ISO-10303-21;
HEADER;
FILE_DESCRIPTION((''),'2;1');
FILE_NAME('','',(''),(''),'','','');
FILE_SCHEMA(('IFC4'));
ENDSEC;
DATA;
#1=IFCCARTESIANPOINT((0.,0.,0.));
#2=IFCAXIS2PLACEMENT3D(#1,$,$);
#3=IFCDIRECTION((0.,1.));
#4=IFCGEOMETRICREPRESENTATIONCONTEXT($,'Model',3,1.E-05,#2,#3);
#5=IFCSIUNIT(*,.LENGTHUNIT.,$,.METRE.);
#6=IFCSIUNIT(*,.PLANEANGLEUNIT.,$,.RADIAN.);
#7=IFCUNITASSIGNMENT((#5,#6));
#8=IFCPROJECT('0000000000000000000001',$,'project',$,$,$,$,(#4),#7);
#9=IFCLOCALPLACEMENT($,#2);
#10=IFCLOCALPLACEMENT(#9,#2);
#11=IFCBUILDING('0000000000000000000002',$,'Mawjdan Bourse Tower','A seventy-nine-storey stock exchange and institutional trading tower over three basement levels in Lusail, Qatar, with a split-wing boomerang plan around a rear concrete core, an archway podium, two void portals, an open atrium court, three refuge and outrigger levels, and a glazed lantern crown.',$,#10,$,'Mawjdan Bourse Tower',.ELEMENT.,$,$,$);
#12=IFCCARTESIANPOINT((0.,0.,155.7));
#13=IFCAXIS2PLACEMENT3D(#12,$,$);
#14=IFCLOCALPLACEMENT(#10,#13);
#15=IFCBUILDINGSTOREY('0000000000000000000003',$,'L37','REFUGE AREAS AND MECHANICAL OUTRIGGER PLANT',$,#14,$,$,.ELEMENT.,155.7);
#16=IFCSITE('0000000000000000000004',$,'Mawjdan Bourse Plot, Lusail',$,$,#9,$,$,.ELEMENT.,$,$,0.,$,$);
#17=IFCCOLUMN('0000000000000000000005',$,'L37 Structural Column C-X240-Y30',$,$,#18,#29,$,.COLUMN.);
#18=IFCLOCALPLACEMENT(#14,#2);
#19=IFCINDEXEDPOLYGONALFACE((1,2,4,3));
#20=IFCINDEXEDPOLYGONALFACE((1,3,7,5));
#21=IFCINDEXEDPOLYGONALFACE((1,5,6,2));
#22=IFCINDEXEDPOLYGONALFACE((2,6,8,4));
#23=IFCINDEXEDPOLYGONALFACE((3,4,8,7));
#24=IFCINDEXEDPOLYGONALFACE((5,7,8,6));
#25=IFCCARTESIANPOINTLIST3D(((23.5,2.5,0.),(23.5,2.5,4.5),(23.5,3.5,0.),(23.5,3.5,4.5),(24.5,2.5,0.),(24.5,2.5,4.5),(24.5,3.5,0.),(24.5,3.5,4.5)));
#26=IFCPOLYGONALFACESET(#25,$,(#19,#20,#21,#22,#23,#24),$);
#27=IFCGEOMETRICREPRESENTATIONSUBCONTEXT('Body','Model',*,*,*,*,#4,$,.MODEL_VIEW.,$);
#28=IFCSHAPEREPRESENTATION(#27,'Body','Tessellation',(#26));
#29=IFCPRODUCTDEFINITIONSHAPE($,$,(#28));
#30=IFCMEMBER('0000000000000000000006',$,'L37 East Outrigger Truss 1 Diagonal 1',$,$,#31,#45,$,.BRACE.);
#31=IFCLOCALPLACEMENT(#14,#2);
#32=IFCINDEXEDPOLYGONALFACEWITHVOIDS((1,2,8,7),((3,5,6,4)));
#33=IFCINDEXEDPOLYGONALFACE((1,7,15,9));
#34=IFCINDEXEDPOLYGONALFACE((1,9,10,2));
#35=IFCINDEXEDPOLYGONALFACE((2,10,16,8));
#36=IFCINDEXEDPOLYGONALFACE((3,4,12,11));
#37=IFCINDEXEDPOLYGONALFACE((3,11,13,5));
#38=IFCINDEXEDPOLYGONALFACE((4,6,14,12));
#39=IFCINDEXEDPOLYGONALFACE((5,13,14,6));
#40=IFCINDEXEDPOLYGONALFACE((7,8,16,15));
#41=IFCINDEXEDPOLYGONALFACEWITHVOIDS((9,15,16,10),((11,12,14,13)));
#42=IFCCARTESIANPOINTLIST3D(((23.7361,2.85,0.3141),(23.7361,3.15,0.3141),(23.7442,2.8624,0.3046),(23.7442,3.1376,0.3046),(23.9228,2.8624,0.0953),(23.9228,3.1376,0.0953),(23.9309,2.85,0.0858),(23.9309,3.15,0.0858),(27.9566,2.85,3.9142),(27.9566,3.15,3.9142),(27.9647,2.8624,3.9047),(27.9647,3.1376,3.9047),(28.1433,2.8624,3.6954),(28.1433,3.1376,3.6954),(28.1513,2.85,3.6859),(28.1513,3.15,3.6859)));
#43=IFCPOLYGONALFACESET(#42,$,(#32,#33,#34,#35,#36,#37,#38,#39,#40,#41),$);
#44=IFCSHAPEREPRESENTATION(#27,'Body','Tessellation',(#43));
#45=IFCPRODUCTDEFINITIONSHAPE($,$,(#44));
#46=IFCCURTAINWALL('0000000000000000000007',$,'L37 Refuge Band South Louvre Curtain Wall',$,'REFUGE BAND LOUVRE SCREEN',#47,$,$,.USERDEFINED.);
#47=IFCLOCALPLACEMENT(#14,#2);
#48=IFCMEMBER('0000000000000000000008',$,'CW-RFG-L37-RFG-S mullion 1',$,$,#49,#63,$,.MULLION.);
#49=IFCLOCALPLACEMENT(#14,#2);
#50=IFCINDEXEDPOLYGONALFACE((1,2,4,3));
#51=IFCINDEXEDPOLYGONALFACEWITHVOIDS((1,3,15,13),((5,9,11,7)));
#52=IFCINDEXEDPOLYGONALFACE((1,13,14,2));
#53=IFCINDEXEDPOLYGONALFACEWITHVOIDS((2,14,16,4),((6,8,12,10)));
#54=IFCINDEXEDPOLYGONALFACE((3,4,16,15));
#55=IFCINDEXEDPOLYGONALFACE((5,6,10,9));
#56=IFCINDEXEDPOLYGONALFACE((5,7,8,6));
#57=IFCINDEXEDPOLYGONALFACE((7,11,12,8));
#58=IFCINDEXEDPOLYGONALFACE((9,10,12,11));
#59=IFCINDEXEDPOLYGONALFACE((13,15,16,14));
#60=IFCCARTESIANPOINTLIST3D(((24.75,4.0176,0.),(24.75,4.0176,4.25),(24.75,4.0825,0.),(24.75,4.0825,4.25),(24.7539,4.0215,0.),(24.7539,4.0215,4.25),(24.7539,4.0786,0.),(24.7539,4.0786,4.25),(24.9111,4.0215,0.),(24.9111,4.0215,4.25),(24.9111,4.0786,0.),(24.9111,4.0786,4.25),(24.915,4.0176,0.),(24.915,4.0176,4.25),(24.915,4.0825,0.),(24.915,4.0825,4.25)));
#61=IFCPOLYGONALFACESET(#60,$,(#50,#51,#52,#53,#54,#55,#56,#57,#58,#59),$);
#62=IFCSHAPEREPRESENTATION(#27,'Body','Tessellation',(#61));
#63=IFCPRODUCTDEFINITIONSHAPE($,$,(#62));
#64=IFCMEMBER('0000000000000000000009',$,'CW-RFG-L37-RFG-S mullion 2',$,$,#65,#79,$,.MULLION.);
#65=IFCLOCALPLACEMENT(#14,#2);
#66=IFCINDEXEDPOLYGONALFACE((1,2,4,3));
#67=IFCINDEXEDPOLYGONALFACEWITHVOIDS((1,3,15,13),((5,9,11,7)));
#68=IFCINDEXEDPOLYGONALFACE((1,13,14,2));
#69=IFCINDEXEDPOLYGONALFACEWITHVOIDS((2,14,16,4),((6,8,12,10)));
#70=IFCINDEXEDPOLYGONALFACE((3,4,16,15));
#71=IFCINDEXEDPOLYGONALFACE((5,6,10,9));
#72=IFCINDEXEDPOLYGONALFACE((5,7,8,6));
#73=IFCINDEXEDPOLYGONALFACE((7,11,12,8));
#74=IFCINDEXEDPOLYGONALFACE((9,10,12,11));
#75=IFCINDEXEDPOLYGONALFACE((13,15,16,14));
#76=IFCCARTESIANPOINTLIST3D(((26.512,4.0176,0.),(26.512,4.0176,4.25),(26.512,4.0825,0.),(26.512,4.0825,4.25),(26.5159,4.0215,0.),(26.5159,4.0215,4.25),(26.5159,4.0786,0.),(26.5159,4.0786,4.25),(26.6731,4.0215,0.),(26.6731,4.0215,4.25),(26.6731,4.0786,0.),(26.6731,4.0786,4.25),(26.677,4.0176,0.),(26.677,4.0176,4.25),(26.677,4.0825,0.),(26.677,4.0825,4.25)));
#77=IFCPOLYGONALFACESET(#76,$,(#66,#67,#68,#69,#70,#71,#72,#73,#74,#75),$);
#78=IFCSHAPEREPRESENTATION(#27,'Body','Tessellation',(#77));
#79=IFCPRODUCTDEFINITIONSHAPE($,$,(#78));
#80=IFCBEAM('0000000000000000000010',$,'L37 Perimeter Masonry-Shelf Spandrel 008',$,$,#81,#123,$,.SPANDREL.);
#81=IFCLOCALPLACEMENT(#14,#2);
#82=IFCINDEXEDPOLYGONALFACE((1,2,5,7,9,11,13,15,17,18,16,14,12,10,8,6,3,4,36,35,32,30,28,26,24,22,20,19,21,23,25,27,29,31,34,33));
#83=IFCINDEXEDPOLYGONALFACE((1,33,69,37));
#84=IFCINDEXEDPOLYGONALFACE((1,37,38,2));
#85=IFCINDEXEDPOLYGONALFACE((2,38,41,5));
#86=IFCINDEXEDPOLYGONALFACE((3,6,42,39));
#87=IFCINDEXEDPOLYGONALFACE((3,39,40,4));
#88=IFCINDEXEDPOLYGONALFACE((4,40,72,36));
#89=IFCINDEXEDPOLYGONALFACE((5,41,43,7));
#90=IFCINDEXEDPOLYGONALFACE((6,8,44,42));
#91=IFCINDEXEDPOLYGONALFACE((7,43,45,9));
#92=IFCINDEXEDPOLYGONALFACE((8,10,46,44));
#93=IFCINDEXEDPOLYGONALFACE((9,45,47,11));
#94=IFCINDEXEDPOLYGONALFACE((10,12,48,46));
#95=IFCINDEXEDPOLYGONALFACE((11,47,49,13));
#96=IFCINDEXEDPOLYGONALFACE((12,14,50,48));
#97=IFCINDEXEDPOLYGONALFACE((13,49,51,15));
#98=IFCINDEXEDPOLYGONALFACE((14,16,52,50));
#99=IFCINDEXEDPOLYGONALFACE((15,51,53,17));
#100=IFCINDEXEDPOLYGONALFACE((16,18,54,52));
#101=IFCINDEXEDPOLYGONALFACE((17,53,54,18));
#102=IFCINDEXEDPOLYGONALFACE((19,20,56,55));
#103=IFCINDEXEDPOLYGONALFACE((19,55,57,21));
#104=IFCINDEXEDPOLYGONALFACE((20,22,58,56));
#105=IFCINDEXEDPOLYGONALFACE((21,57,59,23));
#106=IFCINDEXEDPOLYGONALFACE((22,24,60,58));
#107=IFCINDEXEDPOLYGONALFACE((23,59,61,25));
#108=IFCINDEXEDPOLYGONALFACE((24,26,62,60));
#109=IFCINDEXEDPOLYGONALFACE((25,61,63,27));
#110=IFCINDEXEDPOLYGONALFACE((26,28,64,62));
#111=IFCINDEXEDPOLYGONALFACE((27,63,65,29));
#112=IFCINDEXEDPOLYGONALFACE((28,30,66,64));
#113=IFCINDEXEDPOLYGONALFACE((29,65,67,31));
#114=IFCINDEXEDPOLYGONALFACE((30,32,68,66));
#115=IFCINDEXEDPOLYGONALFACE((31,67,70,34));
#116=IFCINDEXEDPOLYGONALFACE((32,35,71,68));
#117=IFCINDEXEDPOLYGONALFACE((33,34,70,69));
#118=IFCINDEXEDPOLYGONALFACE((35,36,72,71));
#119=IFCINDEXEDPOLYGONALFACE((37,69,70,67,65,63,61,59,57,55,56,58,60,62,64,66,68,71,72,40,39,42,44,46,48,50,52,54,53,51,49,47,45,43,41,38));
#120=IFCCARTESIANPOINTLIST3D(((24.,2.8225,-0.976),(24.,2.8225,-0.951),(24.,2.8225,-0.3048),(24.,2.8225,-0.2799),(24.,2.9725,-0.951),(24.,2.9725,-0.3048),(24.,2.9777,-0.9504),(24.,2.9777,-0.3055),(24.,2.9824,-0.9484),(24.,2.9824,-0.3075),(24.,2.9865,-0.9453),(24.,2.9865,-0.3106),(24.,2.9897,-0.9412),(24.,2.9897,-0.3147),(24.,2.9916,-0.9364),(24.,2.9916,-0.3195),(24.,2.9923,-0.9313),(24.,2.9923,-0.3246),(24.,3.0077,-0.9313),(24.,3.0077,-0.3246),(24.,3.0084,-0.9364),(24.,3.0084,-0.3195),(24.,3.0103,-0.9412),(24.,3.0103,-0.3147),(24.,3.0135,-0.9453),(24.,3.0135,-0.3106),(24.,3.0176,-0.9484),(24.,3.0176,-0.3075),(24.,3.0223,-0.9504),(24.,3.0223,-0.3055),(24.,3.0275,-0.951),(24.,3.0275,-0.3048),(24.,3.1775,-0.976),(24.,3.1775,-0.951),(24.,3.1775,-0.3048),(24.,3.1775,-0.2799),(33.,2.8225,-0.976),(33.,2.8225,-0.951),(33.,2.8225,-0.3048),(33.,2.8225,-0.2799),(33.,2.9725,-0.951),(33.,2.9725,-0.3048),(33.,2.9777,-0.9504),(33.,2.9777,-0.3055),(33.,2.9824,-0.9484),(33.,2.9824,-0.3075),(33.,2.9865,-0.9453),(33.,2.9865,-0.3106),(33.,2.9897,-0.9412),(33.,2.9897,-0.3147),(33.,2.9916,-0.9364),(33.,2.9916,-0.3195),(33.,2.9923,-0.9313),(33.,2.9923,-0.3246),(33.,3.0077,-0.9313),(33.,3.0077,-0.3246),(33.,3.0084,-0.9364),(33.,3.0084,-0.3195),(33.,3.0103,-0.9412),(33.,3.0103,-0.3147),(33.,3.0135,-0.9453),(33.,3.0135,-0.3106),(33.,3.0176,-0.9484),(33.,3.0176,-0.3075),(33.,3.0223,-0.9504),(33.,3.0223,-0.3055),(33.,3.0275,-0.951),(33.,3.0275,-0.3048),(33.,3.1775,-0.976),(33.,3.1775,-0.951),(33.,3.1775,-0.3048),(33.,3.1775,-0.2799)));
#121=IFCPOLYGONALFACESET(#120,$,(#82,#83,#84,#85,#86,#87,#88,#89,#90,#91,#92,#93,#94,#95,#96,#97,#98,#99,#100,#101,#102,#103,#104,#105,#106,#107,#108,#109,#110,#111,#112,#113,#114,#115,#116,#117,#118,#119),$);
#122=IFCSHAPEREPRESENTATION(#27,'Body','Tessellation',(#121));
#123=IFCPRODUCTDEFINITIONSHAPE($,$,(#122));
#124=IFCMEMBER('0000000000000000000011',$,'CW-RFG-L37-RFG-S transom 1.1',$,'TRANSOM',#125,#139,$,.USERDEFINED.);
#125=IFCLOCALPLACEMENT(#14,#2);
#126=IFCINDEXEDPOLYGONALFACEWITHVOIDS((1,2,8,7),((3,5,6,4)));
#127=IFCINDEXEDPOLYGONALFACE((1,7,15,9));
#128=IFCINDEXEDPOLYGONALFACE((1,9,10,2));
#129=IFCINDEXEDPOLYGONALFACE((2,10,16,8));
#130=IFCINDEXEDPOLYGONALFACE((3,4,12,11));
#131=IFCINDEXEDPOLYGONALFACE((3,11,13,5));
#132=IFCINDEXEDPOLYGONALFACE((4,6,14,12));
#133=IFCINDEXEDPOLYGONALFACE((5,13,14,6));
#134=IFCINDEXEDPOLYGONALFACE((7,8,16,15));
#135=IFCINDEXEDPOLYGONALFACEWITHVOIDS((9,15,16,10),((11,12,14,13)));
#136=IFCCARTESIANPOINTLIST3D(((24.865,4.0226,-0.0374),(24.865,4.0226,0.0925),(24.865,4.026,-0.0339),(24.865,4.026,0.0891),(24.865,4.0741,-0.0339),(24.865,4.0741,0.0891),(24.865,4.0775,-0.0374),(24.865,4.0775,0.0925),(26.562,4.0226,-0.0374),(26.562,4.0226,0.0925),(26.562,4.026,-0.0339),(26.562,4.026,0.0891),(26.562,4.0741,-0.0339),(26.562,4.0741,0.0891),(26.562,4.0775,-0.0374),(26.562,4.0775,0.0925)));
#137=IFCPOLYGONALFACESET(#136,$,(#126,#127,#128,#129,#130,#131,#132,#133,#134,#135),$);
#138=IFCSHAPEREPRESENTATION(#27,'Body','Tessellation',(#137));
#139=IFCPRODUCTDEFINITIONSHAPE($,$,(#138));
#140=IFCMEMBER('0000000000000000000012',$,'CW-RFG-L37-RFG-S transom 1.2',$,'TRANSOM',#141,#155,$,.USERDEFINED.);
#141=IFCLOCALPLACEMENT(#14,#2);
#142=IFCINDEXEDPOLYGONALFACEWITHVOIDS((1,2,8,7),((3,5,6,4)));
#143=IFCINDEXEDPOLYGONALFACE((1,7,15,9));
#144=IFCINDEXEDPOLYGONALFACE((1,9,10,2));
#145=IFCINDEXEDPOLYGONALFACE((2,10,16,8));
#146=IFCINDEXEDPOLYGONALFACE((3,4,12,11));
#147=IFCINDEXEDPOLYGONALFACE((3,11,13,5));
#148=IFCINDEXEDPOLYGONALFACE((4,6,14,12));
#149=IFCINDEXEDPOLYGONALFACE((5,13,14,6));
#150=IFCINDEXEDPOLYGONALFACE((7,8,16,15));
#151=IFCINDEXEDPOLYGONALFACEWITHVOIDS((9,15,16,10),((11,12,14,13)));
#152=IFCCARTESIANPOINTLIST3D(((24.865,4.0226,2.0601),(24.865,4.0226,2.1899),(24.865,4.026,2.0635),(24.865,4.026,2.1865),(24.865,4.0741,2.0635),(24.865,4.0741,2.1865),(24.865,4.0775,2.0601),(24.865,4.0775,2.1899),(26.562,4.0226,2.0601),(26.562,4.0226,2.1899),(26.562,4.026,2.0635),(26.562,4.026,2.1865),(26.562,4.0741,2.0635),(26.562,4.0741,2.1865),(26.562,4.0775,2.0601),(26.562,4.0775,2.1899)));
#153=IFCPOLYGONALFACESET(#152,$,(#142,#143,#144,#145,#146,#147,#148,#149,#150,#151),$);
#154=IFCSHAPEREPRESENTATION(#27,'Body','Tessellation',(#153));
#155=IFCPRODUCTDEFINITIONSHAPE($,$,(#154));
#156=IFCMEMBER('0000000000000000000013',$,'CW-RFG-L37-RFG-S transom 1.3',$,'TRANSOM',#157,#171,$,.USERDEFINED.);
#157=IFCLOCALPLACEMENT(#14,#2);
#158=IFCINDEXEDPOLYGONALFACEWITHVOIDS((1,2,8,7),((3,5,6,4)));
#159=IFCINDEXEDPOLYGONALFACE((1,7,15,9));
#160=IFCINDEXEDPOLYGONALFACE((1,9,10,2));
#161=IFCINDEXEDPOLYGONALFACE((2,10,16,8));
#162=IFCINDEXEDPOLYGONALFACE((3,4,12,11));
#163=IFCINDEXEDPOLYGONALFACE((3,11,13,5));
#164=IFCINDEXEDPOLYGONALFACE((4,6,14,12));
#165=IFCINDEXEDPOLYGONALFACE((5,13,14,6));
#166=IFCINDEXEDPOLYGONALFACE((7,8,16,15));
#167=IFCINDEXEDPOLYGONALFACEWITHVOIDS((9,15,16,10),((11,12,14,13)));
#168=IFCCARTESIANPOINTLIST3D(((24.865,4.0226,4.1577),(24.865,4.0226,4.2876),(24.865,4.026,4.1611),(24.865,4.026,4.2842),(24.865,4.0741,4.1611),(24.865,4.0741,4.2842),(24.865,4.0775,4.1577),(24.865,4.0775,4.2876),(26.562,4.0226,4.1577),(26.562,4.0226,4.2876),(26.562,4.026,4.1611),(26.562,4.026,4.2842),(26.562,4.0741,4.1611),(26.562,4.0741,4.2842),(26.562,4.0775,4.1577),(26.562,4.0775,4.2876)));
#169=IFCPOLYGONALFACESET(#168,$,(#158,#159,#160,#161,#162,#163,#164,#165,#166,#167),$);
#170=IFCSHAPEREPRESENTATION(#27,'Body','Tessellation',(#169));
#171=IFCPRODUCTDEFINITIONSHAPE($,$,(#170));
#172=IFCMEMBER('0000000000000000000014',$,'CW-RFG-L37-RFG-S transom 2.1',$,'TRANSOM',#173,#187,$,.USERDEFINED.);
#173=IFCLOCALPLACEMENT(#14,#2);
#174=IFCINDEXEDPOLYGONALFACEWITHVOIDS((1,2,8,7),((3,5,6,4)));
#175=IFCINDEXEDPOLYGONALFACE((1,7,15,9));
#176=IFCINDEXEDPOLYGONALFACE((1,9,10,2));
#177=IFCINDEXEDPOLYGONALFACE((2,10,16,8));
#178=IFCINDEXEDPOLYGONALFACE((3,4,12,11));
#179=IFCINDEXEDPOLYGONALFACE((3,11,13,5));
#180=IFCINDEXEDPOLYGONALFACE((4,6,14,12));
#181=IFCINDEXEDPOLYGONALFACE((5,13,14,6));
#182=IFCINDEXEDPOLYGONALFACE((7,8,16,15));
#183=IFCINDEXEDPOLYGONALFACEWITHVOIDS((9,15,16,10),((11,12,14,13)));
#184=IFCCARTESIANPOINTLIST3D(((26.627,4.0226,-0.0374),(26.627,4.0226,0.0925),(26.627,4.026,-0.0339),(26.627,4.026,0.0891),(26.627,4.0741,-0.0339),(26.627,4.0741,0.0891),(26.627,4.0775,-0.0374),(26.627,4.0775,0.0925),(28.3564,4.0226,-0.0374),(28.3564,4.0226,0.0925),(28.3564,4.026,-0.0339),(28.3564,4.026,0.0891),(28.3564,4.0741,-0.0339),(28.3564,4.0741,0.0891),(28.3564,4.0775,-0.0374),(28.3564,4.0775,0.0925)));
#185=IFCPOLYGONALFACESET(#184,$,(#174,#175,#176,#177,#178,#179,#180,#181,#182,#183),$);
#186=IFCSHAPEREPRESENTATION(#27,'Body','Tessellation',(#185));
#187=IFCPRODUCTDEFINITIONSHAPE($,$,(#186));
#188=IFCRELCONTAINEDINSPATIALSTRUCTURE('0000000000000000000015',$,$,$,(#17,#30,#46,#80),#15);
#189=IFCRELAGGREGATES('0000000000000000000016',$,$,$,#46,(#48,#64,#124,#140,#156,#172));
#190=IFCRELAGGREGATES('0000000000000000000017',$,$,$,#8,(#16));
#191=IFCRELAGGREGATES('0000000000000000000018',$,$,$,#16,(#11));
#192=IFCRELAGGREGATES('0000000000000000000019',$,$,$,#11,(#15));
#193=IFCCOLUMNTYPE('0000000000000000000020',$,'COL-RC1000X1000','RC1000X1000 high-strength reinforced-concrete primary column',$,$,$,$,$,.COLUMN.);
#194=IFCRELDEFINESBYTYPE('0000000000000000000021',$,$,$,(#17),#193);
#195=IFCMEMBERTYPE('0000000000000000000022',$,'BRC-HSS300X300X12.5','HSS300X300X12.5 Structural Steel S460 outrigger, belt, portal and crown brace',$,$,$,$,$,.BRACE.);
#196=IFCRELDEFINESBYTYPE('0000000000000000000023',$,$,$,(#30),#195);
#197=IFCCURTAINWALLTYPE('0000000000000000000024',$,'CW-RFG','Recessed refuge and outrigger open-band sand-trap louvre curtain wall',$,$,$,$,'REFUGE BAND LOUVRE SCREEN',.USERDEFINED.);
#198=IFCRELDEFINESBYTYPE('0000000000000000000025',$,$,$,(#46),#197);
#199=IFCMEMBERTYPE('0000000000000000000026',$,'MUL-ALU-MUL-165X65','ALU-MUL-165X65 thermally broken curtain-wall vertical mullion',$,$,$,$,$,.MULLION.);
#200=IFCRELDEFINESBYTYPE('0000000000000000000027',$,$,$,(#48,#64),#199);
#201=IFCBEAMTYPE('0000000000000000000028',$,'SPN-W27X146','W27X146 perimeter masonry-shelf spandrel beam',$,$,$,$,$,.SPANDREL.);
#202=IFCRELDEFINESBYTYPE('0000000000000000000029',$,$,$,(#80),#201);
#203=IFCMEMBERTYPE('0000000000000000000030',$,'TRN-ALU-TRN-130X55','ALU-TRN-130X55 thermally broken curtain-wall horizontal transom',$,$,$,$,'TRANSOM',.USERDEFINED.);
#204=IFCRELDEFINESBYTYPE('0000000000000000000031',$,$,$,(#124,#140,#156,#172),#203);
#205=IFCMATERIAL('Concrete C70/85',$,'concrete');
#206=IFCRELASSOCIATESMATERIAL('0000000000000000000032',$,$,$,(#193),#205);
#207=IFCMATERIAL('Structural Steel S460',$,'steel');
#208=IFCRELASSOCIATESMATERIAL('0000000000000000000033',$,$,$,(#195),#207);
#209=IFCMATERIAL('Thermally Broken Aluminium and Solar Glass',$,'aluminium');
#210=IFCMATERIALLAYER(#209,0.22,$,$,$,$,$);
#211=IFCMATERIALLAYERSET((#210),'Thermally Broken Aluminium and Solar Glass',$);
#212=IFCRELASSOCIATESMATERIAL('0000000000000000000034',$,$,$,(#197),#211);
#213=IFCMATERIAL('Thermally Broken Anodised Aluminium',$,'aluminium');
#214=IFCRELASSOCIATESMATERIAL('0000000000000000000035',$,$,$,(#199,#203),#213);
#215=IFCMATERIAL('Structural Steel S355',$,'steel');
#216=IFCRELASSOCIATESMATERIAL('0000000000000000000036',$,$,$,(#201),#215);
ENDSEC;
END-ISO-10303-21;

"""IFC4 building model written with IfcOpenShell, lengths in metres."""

from ifc_helpers import new_model, si_unit, direction, frame, origin, origin_2d, place, context, subcontext, project, spatial, rectangle, hollow_rectangle, i_section, extrude, material, layer, layer_set, material_profile, profile_set, type_object, element, aggregate, save


model = new_model("IFC4")

# Units and contexts
model_context = context("Model", 3, precision=1e-05, world=origin(), true_north=direction((0.0, 1.0)))
body_context = subcontext(model_context, "Body", "Model", "MODEL_VIEW")
ifc_project = project(units=[si_unit("LENGTHUNIT", "METRE"), si_unit("PLANEANGLEUNIT", "RADIAN")], contexts=[model_context])

# Site, building, storey
site_placement = place(None, origin())
site = spatial("IfcSite", under=ifc_project, at=site_placement, Name="Mawjdan Bourse Plot, Lusail", CompositionType="ELEMENT", RefElevation=0.0)
building_placement = place(site_placement, origin())
building = spatial("IfcBuilding", under=site, at=building_placement, Name="Mawjdan Bourse Tower", Description="A seventy-nine-storey stock exchange and institutional trading tower over three basement levels in Lusail, Qatar, with a split-wing boomerang plan around a rear concrete core, an archway podium, two void portals, an open atrium court, three refuge and outrigger levels, and a glazed lantern crown.", LongName="Mawjdan Bourse Tower", CompositionType="ELEMENT")
storey_placement = place(building_placement, frame((0.0, 0.0, 155.7)))
storey = spatial("IfcBuildingStorey", under=building, at=storey_placement, Name="L37", Description="REFUGE AREAS AND MECHANICAL OUTRIGGER PLANT", CompositionType="ELEMENT", Elevation=155.7)

# Column
ifc_material_1 = material(Name="Concrete C70/85", Category="concrete")
ifc_material_profile_1 = material_profile(ifc_material_1, rectangle(XDim=1.0, YDim=1.0, at=origin_2d()), Name="RC1000X1000")
ifc_profile_set_1 = profile_set([ifc_material_profile_1], Name="Concrete C70/85")
column_type = type_object("IfcColumnType", Name="COL-RC1000X1000", Description="RC1000X1000 high-strength reinforced-concrete primary column", PredefinedType="COLUMN", material=ifc_profile_set_1)
column_placement = place(storey_placement, frame((24.0, 3.0, 0.0), z_axis=(0.0, 0.0, 1.0), x_axis=(1.0, 0.0, 0.0)))
element("IfcColumn", 1, at=column_placement, inside=storey, type_object=column_type, Name="L37 Structural Column C-X240-Y30", PredefinedType="COLUMN", context=body_context, shape_type="SweptSolid", body=[
    extrude(rectangle(XDim=1.0, YDim=1.0, at=origin_2d()), origin(), (0.0, 0.0, 1.0), 4.5),
])

# Member
ifc_material_2 = material(Name="Structural Steel S460", Category="steel")
ifc_material_profile_2 = material_profile(ifc_material_2, hollow_rectangle(XDim=0.3, YDim=0.3, WallThickness=0.0125, at=origin_2d()), Name="HSS300X300X12.5")
ifc_profile_set_2 = profile_set([ifc_material_profile_2], Name="Structural Steel S460")
member_type_1 = type_object("IfcMemberType", Name="BRC-HSS300X300X12.5", Description="HSS300X300X12.5 Structural Steel S460 outrigger, belt, portal and crown brace", PredefinedType="BRACE", material=ifc_profile_set_2)
member_1_placement = place(storey_placement, frame((23.8335, 3.0, 0.2), z_axis=(0.760808, 0.0, 0.648977), x_axis=(0.0, 1.0, 0.0)))
element("IfcMember", 2, at=member_1_placement, inside=storey, type_object=member_type_1, Name="L37 East Outrigger Truss 1 Diagonal 1", PredefinedType="BRACE", context=body_context, shape_type="SweptSolid", body=[
    extrude(hollow_rectangle(XDim=0.3, YDim=0.3, WallThickness=0.0125, at=origin_2d()), origin(), (0.0, 0.0, 1.0), 5.5474),
])

# Curtain wall, members
ifc_material_3 = material(Name="Thermally Broken Aluminium and Solar Glass", Category="aluminium")
ifc_layer_1 = layer(ifc_material_3, 0.22)
ifc_layer_set_1 = layer_set([ifc_layer_1], Name="Thermally Broken Aluminium and Solar Glass")
curtain_wall_type = type_object("IfcCurtainWallType", Name="CW-RFG", Description="Recessed refuge and outrigger open-band sand-trap louvre curtain wall", ElementType="REFUGE BAND LOUVRE SCREEN", PredefinedType="USERDEFINED", material=ifc_layer_set_1)
curtain_wall_placement = place(storey_placement, origin())
curtain_wall = element("IfcCurtainWall", 3, at=curtain_wall_placement, inside=storey, type_object=curtain_wall_type, Name="L37 Refuge Band South Louvre Curtain Wall", ObjectType="REFUGE BAND LOUVRE SCREEN", PredefinedType="USERDEFINED")
ifc_material_4 = material(Name="Thermally Broken Anodised Aluminium", Category="aluminium")
ifc_material_profile_3 = material_profile(ifc_material_4, hollow_rectangle(XDim=0.0649, YDim=0.165, WallThickness=0.0039, at=origin_2d()), Name="ALU-MUL-165X65")
ifc_profile_set_3 = profile_set([ifc_material_profile_3], Name="Thermally Broken Anodised Aluminium")
member_type_2 = type_object("IfcMemberType", Name="MUL-ALU-MUL-165X65", Description="ALU-MUL-165X65 thermally broken curtain-wall vertical mullion", PredefinedType="MULLION", material=ifc_profile_set_3)
member_2_placement = place(storey_placement, frame((24.8325, 4.05, 0.0), z_axis=(0.0, 0.0, 1.0), x_axis=(0.0, 1.0, 0.0)))
member_2 = element("IfcMember", 4, at=member_2_placement, type_object=member_type_2, Name="CW-RFG-L37-RFG-S mullion 1", PredefinedType="MULLION", context=body_context, shape_type="SweptSolid", body=[
    extrude(hollow_rectangle(XDim=0.0649, YDim=0.165, WallThickness=0.0039, at=origin_2d()), origin(), (0.0, 0.0, 1.0), 4.25),
])
member_3_placement = place(storey_placement, frame((26.5945, 4.05, 0.0), z_axis=(0.0, 0.0, 1.0), x_axis=(0.0, 1.0, 0.0)))
member_3 = element("IfcMember", 5, at=member_3_placement, type_object=member_type_2, Name="CW-RFG-L37-RFG-S mullion 2", PredefinedType="MULLION", context=body_context, shape_type="SweptSolid", body=[
    extrude(hollow_rectangle(XDim=0.0649, YDim=0.165, WallThickness=0.0039, at=origin_2d()), origin(), (0.0, 0.0, 1.0), 4.25),
])

# Beam
ifc_material_5 = material(Name="Structural Steel S355", Category="steel")
ifc_material_profile_4 = material_profile(ifc_material_5, i_section(OverallWidth=0.355, OverallDepth=0.696, WebThickness=0.0154, FlangeThickness=0.0249, FilletRadius=0.0198, at=origin_2d()), Name="W27X146")
ifc_profile_set_4 = profile_set([ifc_material_profile_4], Name="Structural Steel S355")
beam_type = type_object("IfcBeamType", Name="SPN-W27X146", Description="W27X146 perimeter masonry-shelf spandrel beam", PredefinedType="SPANDREL", material=ifc_profile_set_4)
beam_placement = place(storey_placement, frame((24.0, 3.0, -0.6279), z_axis=(1.0, 0.0, 0.0), x_axis=(0.0, 1.0, 0.0)))
element("IfcBeam", 6, at=beam_placement, inside=storey, type_object=beam_type, Name="L37 Perimeter Masonry-Shelf Spandrel 008", PredefinedType="SPANDREL", context=body_context, shape_type="SweptSolid", body=[
    extrude(i_section(OverallWidth=0.355, OverallDepth=0.696, WebThickness=0.0154, FlangeThickness=0.0249, FilletRadius=0.0198, at=origin_2d()), origin(), (0.0, 0.0, 1.0), 9.0),
])

# Members
ifc_material_profile_5 = material_profile(ifc_material_4, hollow_rectangle(XDim=0.0549, YDim=0.1299, WallThickness=0.0034, at=origin_2d()), Name="ALU-TRN-130X55")
ifc_profile_set_5 = profile_set([ifc_material_profile_5], Name="Thermally Broken Anodised Aluminium")
member_type_3 = type_object("IfcMemberType", Name="TRN-ALU-TRN-130X55", Description="ALU-TRN-130X55 thermally broken curtain-wall horizontal transom", ElementType="TRANSOM", PredefinedType="USERDEFINED", material=ifc_profile_set_5)
member_4_placement = place(storey_placement, frame((24.865, 4.05, 0.0276), z_axis=(1.0, 0.0, 0.0), x_axis=(0.0, 1.0, 0.0)))
member_4 = element("IfcMember", 7, at=member_4_placement, type_object=member_type_3, Name="CW-RFG-L37-RFG-S transom 1.1", ObjectType="TRANSOM", PredefinedType="USERDEFINED", context=body_context, shape_type="SweptSolid", body=[
    extrude(hollow_rectangle(XDim=0.0549, YDim=0.1299, WallThickness=0.0034, at=origin_2d()), origin(), (0.0, 0.0, 1.0), 1.697),
])
member_5_placement = place(storey_placement, frame((24.865, 4.05, 2.125), z_axis=(1.0, 0.0, 0.0), x_axis=(0.0, 1.0, 0.0)))
member_5 = element("IfcMember", 8, at=member_5_placement, type_object=member_type_3, Name="CW-RFG-L37-RFG-S transom 1.2", ObjectType="TRANSOM", PredefinedType="USERDEFINED", context=body_context, shape_type="SweptSolid", body=[
    extrude(hollow_rectangle(XDim=0.0549, YDim=0.1299, WallThickness=0.0034, at=origin_2d()), origin(), (0.0, 0.0, 1.0), 1.697),
])
member_6_placement = place(storey_placement, frame((24.865, 4.05, 4.2227), z_axis=(1.0, 0.0, 0.0), x_axis=(0.0, 1.0, 0.0)))
member_6 = element("IfcMember", 9, at=member_6_placement, type_object=member_type_3, Name="CW-RFG-L37-RFG-S transom 1.3", ObjectType="TRANSOM", PredefinedType="USERDEFINED", context=body_context, shape_type="SweptSolid", body=[
    extrude(hollow_rectangle(XDim=0.0549, YDim=0.1299, WallThickness=0.0034, at=origin_2d()), origin(), (0.0, 0.0, 1.0), 1.697),
])
member_7_placement = place(storey_placement, frame((26.627, 4.05, 0.0276), z_axis=(1.0, 0.0, 0.0), x_axis=(0.0, 1.0, 0.0)))
member_7 = element("IfcMember", 10, at=member_7_placement, type_object=member_type_3, Name="CW-RFG-L37-RFG-S transom 2.1", ObjectType="TRANSOM", PredefinedType="USERDEFINED", context=body_context, shape_type="SweptSolid", body=[
    extrude(hollow_rectangle(XDim=0.0549, YDim=0.1299, WallThickness=0.0034, at=origin_2d()), origin(), (0.0, 0.0, 1.0), 1.7295),
])

aggregate(curtain_wall, [member_2, member_3, member_4, member_5, member_6, member_7])

save(model, "model.ifc")
